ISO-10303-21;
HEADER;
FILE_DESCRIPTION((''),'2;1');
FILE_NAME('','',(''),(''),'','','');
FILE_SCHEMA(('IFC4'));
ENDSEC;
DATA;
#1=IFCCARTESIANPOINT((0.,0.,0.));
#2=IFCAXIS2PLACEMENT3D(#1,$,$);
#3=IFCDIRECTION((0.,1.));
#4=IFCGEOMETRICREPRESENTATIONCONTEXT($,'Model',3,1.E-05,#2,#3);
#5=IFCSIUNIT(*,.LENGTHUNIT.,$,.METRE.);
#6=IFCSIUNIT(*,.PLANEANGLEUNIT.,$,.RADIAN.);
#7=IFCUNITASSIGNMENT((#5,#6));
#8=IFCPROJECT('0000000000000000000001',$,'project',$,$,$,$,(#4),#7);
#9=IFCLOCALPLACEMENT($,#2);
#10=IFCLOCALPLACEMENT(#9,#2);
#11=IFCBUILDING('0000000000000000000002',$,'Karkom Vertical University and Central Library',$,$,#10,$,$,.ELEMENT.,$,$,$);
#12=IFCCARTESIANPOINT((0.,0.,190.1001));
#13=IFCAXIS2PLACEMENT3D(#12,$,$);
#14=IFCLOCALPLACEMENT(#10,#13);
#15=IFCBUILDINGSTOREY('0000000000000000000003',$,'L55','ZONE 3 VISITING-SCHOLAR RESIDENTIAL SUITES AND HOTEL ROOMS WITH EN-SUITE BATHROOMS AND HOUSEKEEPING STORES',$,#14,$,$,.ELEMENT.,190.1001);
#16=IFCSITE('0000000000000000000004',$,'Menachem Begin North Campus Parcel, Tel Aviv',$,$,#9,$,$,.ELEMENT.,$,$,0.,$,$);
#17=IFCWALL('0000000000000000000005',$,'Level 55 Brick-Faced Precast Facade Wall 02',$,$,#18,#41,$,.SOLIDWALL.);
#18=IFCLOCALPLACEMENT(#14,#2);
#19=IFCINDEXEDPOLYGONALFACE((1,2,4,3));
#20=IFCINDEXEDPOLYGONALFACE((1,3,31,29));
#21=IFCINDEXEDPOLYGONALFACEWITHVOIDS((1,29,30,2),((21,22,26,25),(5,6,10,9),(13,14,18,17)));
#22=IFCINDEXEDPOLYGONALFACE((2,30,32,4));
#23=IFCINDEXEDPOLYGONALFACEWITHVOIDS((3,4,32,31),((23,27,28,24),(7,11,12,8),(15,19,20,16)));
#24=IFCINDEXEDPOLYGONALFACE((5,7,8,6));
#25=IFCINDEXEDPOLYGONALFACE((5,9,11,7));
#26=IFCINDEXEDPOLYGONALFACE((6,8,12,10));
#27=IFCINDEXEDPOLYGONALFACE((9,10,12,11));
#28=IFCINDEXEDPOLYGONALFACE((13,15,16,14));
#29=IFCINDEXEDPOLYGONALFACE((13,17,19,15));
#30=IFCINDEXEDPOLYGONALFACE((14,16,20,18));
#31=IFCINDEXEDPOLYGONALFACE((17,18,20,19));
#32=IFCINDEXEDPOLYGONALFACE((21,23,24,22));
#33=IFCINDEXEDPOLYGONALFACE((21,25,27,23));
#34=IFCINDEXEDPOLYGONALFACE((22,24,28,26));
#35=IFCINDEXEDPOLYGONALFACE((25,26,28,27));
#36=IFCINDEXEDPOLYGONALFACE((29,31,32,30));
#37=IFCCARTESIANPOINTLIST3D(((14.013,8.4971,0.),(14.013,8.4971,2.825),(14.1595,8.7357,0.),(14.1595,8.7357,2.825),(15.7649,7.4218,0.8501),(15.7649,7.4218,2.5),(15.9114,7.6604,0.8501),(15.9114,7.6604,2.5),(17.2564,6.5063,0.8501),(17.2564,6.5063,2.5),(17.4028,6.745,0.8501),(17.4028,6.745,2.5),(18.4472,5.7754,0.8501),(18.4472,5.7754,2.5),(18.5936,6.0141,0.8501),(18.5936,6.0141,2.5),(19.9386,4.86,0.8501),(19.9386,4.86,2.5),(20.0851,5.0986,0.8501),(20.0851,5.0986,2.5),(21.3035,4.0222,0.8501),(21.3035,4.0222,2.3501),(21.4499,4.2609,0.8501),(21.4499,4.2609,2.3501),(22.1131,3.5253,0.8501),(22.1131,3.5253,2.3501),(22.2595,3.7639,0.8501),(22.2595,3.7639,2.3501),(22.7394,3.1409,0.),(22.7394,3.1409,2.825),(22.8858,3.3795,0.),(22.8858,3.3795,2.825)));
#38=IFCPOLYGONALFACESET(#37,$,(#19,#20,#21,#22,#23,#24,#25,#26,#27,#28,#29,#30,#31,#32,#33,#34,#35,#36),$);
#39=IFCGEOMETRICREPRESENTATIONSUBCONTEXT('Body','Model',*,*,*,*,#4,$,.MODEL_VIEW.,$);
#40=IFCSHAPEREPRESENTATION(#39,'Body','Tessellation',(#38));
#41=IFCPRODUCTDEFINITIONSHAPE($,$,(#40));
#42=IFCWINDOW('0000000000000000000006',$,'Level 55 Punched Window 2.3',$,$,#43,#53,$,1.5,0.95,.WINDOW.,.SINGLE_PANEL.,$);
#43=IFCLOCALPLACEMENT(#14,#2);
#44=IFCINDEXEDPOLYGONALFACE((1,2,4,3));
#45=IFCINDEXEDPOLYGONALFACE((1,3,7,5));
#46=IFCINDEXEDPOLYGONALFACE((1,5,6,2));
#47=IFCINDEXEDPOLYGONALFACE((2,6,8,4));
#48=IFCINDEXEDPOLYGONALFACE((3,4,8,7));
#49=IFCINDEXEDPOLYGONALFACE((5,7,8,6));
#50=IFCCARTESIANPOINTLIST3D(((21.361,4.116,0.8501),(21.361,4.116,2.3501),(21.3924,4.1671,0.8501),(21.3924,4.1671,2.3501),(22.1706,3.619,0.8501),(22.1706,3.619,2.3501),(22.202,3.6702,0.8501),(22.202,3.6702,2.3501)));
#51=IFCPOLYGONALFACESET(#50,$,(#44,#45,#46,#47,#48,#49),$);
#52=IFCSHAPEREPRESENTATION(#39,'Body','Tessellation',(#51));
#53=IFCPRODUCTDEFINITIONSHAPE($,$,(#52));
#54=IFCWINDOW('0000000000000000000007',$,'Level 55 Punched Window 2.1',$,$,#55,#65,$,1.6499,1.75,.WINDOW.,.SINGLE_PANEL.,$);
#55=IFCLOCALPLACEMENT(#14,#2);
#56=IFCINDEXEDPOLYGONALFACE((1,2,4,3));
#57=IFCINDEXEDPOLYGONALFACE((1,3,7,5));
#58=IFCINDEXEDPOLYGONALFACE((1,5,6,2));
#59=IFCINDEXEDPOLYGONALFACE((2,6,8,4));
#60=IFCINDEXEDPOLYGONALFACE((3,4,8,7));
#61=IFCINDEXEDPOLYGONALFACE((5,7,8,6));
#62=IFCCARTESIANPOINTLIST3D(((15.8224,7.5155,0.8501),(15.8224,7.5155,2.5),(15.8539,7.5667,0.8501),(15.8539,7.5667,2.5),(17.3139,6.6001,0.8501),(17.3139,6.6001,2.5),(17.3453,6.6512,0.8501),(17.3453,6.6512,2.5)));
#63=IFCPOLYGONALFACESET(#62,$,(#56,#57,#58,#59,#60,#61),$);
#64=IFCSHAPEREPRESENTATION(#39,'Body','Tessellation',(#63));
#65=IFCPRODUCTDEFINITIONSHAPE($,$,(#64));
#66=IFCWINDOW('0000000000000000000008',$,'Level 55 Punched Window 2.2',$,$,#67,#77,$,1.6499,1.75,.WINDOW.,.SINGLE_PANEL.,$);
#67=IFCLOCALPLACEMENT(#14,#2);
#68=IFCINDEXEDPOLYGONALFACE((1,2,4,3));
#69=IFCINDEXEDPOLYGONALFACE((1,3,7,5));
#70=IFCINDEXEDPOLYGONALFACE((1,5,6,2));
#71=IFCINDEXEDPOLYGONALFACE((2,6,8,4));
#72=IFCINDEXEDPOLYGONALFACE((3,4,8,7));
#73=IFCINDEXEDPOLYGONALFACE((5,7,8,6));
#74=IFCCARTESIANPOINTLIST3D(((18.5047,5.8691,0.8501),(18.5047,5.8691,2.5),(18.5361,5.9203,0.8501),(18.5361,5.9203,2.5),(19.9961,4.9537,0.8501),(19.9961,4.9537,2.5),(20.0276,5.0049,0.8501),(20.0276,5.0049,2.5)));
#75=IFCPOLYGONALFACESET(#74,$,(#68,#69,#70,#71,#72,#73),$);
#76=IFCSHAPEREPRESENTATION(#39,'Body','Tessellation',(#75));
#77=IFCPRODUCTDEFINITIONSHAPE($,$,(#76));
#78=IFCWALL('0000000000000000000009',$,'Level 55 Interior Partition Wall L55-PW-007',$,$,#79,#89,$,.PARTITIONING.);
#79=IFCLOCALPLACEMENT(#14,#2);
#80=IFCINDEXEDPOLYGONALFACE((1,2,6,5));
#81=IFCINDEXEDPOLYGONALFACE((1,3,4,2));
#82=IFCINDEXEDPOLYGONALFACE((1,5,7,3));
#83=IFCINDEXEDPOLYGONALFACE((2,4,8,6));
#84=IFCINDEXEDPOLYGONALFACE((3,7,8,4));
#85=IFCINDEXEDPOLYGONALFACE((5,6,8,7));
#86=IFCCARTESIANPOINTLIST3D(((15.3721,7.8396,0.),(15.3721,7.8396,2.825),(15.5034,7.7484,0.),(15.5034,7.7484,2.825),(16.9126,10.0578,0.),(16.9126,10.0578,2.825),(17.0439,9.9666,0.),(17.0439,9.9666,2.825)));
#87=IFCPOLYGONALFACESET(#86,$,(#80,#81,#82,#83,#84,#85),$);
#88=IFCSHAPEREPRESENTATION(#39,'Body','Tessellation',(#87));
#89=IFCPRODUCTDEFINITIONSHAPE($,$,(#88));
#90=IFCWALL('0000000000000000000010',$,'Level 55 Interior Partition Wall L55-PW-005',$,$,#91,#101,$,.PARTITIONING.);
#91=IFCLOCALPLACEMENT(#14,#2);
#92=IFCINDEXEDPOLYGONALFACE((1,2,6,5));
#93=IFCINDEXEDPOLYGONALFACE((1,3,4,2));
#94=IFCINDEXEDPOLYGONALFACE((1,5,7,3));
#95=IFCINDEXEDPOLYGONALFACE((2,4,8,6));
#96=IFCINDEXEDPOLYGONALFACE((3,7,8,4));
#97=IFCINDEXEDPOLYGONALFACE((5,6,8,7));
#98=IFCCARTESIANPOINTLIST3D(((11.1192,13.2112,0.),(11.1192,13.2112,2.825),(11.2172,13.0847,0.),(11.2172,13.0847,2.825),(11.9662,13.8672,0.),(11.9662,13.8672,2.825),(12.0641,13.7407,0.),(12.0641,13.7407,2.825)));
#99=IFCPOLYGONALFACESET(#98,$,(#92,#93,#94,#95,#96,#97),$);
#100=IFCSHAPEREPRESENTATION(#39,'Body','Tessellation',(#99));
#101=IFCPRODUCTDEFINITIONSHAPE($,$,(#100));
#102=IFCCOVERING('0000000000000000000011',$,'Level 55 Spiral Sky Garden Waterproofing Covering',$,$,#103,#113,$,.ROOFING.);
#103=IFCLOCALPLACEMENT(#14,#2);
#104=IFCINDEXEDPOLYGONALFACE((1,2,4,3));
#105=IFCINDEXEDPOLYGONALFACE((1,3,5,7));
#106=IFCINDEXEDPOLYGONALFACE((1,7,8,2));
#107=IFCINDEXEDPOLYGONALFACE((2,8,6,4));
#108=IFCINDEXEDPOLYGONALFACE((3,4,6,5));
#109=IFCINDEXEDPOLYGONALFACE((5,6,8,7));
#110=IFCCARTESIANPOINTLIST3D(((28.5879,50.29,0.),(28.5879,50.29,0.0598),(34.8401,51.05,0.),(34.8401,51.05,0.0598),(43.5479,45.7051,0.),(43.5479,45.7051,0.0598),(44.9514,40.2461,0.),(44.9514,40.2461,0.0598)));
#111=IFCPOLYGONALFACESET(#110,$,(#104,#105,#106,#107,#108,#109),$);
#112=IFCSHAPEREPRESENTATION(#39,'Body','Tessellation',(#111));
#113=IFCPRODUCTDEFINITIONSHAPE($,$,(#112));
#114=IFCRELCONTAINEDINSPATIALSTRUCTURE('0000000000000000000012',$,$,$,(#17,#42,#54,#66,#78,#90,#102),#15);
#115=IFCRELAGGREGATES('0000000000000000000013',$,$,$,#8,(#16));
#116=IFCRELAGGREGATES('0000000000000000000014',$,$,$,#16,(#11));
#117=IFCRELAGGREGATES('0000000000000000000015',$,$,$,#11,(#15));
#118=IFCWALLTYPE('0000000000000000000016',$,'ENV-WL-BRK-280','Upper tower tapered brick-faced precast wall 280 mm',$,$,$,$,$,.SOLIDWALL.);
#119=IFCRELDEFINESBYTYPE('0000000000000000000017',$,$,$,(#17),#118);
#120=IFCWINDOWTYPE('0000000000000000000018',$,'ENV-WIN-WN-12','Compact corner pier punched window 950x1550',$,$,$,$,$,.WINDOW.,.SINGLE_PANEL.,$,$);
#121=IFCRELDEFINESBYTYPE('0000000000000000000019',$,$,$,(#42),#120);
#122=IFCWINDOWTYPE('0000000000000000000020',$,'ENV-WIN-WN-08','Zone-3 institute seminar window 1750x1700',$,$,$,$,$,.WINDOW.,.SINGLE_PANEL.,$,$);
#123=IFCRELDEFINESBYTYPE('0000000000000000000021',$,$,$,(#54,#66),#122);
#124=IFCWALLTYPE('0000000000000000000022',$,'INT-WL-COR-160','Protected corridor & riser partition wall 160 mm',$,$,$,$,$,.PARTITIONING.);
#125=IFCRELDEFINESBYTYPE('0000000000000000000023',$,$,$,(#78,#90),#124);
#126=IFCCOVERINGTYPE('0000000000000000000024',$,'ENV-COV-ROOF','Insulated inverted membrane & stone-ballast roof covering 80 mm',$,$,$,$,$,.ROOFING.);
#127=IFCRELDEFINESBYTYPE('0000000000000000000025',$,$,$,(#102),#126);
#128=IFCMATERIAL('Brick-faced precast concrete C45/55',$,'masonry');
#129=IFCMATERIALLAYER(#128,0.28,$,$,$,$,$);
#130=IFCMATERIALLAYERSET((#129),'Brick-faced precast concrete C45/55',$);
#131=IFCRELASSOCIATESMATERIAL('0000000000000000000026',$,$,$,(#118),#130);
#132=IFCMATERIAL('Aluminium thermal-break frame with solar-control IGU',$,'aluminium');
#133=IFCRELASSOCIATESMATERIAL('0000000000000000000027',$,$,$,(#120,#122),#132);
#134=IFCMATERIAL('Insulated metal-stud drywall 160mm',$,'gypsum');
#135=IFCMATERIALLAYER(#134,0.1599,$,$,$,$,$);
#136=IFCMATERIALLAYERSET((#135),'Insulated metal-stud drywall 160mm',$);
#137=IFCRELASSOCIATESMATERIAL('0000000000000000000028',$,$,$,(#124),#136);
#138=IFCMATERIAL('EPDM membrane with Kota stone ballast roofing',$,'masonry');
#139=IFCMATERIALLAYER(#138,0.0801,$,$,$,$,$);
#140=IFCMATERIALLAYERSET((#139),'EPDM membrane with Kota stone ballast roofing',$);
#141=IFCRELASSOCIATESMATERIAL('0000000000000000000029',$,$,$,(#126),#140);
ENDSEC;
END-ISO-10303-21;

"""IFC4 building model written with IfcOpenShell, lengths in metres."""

from ifc_helpers import new_model, si_unit, direction, frame, frame_2d, origin, origin_with_axes, place, context, subcontext, project, spatial, polyline, rectangle, outline, extrude, source, transform, mapped, material, layer, layer_set, type_object, element, fill, save


model = new_model("IFC4")

# Units and contexts
model_context = context("Model", 3, precision=1e-05, world=origin(), true_north=direction((0.0, 1.0)))
body_context = subcontext(model_context, "Body", "Model", "MODEL_VIEW")
ifc_project = project(units=[si_unit("LENGTHUNIT", "METRE"), si_unit("PLANEANGLEUNIT", "RADIAN")], contexts=[model_context])

# Site, building, storey
site_placement = place(None, origin())
site = spatial("IfcSite", under=ifc_project, at=site_placement, Name="Menachem Begin North Campus Parcel, Tel Aviv", CompositionType="ELEMENT", RefElevation=0.0)
building_placement = place(site_placement, origin())
building = spatial("IfcBuilding", under=site, at=building_placement, Name="Karkom Vertical University and Central Library", CompositionType="ELEMENT")
storey_placement = place(building_placement, frame((0.0, 0.0, 190.1001)))
storey = spatial("IfcBuildingStorey", under=building, at=storey_placement, Name="L55", Description="ZONE 3 VISITING-SCHOLAR RESIDENTIAL SUITES AND HOTEL ROOMS WITH EN-SUITE BATHROOMS AND HOUSEKEEPING STORES", CompositionType="ELEMENT", Elevation=190.1001)

# Wall, openings, windows
ifc_material_1 = material(Name="Brick-faced precast concrete C45/55", Category="masonry")
ifc_layer_1 = layer(ifc_material_1, 0.28)
ifc_layer_set_1 = layer_set([ifc_layer_1], Name="Brick-faced precast concrete C45/55")
wall_type_1 = type_object("IfcWallType", Name="ENV-WL-BRK-280", Description="Upper tower tapered brick-faced precast wall 280 mm", PredefinedType="SOLIDWALL", material=ifc_layer_set_1)
wall_1_placement = place(storey_placement, frame((14.0862, 8.6165, 0.0), z_axis=(0.0, 0.0, 1.0), x_axis=(0.852261, -0.523117, 0.0)))
wall_1 = element("IfcWall", 1, at=wall_1_placement, inside=storey, type_object=wall_type_1, Name="Level 55 Brick-Faced Precast Facade Wall 02", PredefinedType="SOLIDWALL", context=body_context, shape_type="SweptSolid", body=[
    extrude(rectangle(XDim=10.239, YDim=0.28, at=frame_2d((5.1196, 0.0))), origin(), (0.0, 0.0, 1.0), 2.825),
])
opening_1_placement = place(wall_1_placement, frame((2.0557, 0.0, 0.8501)))
opening_1 = element("IfcOpeningElement", 2, at=opening_1_placement, cuts=wall_1, PredefinedType="OPENING", context=body_context, shape_type="SweptSolid", body=[
    extrude(rectangle(XDim=1.75, YDim=1.6499, at=frame_2d((0.875, 0.825))), frame((0.0, 0.1499, 0.0), z_axis=(0.0, -1.0, 0.0), x_axis=(1.0, 0.0, 0.0)), (0.0, 0.0, 1.0), 0.3),
])
opening_2_placement = place(wall_1_placement, frame((5.2029, 0.0, 0.8501)))
opening_2 = element("IfcOpeningElement", 3, at=opening_2_placement, cuts=wall_1, PredefinedType="OPENING", context=body_context, shape_type="SweptSolid", body=[
    extrude(rectangle(XDim=1.75, YDim=1.6499, at=frame_2d((0.875, 0.825))), frame((0.0, 0.1499, 0.0), z_axis=(0.0, -1.0, 0.0), x_axis=(1.0, 0.0, 0.0)), (0.0, 0.0, 1.0), 0.3),
])
opening_3_placement = place(wall_1_placement, frame((8.5542, 0.0, 0.8501)))
opening_3 = element("IfcOpeningElement", 4, at=opening_3_placement, cuts=wall_1, PredefinedType="OPENING", context=body_context, shape_type="SweptSolid", body=[
    extrude(rectangle(XDim=0.95, YDim=1.5, at=frame_2d((0.4751, 0.75))), frame((0.0, 0.1499, 0.0), z_axis=(0.0, -1.0, 0.0), x_axis=(1.0, 0.0, 0.0)), (0.0, 0.0, 1.0), 0.3),
])
ifc_material_2 = material(Name="Aluminium thermal-break frame with solar-control IGU", Category="aluminium")
window_type_1 = type_object("IfcWindowType", Name="ENV-WIN-WN-12", Description="Compact corner pier punched window 950x1550", PartitioningType="SINGLE_PANEL", PredefinedType="WINDOW", material=ifc_material_2)
shared_shape_1 = source(origin_with_axes(), body_context, "Body", "SweptSolid", [
    extrude(rectangle(XDim=0.95, YDim=1.5, at=frame_2d((0.4751, 0.75))), frame((0.0, 0.03, 0.0), z_axis=(0.0, -1.0, 0.0), x_axis=(1.0, 0.0, 0.0)), (0.0, 0.0, 1.0), 0.0601),
])
window_1_placement = place(opening_3_placement, origin())
window_1 = element("IfcWindow", 5, at=window_1_placement, inside=storey, type_object=window_type_1, Name="Level 55 Punched Window 2.3", OverallHeight=1.5, OverallWidth=0.95, PartitioningType="SINGLE_PANEL", PredefinedType="WINDOW", context=body_context, shape_type="MappedRepresentation", body=[
    mapped(shared_shape_1, transform((0.0, 0.0, 0.0), scale=1.0)),
])
fill(opening_3, window_1)
window_type_2 = type_object("IfcWindowType", Name="ENV-WIN-WN-08", Description="Zone-3 institute seminar window 1750x1700", PartitioningType="SINGLE_PANEL", PredefinedType="WINDOW", material=ifc_material_2)
shared_shape_2 = source(origin_with_axes(), body_context, "Body", "SweptSolid", [
    extrude(rectangle(XDim=1.75, YDim=1.6499, at=frame_2d((0.875, 0.825))), frame((0.0, 0.03, 0.0), z_axis=(0.0, -1.0, 0.0), x_axis=(1.0, 0.0, 0.0)), (0.0, 0.0, 1.0), 0.0601),
])
window_2_placement = place(opening_1_placement, origin())
window_2 = element("IfcWindow", 6, at=window_2_placement, inside=storey, type_object=window_type_2, Name="Level 55 Punched Window 2.1", OverallHeight=1.6499, OverallWidth=1.75, PartitioningType="SINGLE_PANEL", PredefinedType="WINDOW", context=body_context, shape_type="MappedRepresentation", body=[
    mapped(shared_shape_2, transform((0.0, 0.0, 0.0), scale=1.0)),
])
fill(opening_1, window_2)
window_3_placement = place(opening_2_placement, origin())
window_3 = element("IfcWindow", 7, at=window_3_placement, inside=storey, type_object=window_type_2, Name="Level 55 Punched Window 2.2", OverallHeight=1.6499, OverallWidth=1.75, PartitioningType="SINGLE_PANEL", PredefinedType="WINDOW", context=body_context, shape_type="MappedRepresentation", body=[
    mapped(shared_shape_2, transform((0.0, 0.0, 0.0), scale=1.0)),
])
fill(opening_2, window_3)

# Walls
ifc_material_3 = material(Name="Insulated metal-stud drywall 160mm", Category="gypsum")
ifc_layer_2 = layer(ifc_material_3, 0.1599)
ifc_layer_set_2 = layer_set([ifc_layer_2], Name="Insulated metal-stud drywall 160mm")
wall_type_2 = type_object("IfcWallType", Name="INT-WL-COR-160", Description="Protected corridor & riser partition wall 160 mm", PredefinedType="PARTITIONING", material=ifc_layer_set_2)
wall_2_placement = place(storey_placement, frame((16.9783, 10.0122, 0.0), z_axis=(0.0, 0.0, 1.0), x_axis=(-0.570413, -0.821358, 0.0)))
element("IfcWall", 8, at=wall_2_placement, inside=storey, type_object=wall_type_2, Name="Level 55 Interior Partition Wall L55-PW-007", PredefinedType="PARTITIONING", context=body_context, shape_type="SweptSolid", body=[
    extrude(rectangle(XDim=2.7007, YDim=0.1599, at=frame_2d((1.3503, 0.0))), origin(), (0.0, 0.0, 1.0), 2.825),
])
wall_3_placement = place(storey_placement, frame((12.0151, 13.804, 0.0), z_axis=(0.0, 0.0, 1.0), x_axis=(-0.790578, -0.612362, 0.0)))
element("IfcWall", 9, at=wall_3_placement, inside=storey, type_object=wall_type_2, Name="Level 55 Interior Partition Wall L55-PW-005", PredefinedType="PARTITIONING", context=body_context, shape_type="SweptSolid", body=[
    extrude(rectangle(XDim=1.0713, YDim=0.1599, at=frame_2d((0.5356, 0.0))), origin(), (0.0, 0.0, 1.0), 2.825),
])

# Covering
ifc_material_4 = material(Name="EPDM membrane with Kota stone ballast roofing", Category="masonry")
ifc_layer_3 = layer(ifc_material_4, 0.0801)
ifc_layer_set_3 = layer_set([ifc_layer_3], Name="EPDM membrane with Kota stone ballast roofing")
covering_type = type_object("IfcCoveringType", Name="ENV-COV-ROOF", Description="Insulated inverted membrane & stone-ballast roof covering 80 mm", PredefinedType="ROOFING", material=ifc_layer_set_3)
covering_placement = place(storey_placement, origin())
element("IfcCovering", 10, at=covering_placement, inside=storey, type_object=covering_type, Name="Level 55 Spiral Sky Garden Waterproofing Covering", PredefinedType="ROOFING", context=body_context, shape_type="SweptSolid", body=[
    extrude(outline(polyline([(34.8401, 51.05), (43.5479, 45.7051), (44.9514, 40.2461), (28.5879, 50.29), (34.8401, 51.05)])), origin(), (0.0, 0.0, 1.0), 0.0598),
])

save(model, "model.ifc")
